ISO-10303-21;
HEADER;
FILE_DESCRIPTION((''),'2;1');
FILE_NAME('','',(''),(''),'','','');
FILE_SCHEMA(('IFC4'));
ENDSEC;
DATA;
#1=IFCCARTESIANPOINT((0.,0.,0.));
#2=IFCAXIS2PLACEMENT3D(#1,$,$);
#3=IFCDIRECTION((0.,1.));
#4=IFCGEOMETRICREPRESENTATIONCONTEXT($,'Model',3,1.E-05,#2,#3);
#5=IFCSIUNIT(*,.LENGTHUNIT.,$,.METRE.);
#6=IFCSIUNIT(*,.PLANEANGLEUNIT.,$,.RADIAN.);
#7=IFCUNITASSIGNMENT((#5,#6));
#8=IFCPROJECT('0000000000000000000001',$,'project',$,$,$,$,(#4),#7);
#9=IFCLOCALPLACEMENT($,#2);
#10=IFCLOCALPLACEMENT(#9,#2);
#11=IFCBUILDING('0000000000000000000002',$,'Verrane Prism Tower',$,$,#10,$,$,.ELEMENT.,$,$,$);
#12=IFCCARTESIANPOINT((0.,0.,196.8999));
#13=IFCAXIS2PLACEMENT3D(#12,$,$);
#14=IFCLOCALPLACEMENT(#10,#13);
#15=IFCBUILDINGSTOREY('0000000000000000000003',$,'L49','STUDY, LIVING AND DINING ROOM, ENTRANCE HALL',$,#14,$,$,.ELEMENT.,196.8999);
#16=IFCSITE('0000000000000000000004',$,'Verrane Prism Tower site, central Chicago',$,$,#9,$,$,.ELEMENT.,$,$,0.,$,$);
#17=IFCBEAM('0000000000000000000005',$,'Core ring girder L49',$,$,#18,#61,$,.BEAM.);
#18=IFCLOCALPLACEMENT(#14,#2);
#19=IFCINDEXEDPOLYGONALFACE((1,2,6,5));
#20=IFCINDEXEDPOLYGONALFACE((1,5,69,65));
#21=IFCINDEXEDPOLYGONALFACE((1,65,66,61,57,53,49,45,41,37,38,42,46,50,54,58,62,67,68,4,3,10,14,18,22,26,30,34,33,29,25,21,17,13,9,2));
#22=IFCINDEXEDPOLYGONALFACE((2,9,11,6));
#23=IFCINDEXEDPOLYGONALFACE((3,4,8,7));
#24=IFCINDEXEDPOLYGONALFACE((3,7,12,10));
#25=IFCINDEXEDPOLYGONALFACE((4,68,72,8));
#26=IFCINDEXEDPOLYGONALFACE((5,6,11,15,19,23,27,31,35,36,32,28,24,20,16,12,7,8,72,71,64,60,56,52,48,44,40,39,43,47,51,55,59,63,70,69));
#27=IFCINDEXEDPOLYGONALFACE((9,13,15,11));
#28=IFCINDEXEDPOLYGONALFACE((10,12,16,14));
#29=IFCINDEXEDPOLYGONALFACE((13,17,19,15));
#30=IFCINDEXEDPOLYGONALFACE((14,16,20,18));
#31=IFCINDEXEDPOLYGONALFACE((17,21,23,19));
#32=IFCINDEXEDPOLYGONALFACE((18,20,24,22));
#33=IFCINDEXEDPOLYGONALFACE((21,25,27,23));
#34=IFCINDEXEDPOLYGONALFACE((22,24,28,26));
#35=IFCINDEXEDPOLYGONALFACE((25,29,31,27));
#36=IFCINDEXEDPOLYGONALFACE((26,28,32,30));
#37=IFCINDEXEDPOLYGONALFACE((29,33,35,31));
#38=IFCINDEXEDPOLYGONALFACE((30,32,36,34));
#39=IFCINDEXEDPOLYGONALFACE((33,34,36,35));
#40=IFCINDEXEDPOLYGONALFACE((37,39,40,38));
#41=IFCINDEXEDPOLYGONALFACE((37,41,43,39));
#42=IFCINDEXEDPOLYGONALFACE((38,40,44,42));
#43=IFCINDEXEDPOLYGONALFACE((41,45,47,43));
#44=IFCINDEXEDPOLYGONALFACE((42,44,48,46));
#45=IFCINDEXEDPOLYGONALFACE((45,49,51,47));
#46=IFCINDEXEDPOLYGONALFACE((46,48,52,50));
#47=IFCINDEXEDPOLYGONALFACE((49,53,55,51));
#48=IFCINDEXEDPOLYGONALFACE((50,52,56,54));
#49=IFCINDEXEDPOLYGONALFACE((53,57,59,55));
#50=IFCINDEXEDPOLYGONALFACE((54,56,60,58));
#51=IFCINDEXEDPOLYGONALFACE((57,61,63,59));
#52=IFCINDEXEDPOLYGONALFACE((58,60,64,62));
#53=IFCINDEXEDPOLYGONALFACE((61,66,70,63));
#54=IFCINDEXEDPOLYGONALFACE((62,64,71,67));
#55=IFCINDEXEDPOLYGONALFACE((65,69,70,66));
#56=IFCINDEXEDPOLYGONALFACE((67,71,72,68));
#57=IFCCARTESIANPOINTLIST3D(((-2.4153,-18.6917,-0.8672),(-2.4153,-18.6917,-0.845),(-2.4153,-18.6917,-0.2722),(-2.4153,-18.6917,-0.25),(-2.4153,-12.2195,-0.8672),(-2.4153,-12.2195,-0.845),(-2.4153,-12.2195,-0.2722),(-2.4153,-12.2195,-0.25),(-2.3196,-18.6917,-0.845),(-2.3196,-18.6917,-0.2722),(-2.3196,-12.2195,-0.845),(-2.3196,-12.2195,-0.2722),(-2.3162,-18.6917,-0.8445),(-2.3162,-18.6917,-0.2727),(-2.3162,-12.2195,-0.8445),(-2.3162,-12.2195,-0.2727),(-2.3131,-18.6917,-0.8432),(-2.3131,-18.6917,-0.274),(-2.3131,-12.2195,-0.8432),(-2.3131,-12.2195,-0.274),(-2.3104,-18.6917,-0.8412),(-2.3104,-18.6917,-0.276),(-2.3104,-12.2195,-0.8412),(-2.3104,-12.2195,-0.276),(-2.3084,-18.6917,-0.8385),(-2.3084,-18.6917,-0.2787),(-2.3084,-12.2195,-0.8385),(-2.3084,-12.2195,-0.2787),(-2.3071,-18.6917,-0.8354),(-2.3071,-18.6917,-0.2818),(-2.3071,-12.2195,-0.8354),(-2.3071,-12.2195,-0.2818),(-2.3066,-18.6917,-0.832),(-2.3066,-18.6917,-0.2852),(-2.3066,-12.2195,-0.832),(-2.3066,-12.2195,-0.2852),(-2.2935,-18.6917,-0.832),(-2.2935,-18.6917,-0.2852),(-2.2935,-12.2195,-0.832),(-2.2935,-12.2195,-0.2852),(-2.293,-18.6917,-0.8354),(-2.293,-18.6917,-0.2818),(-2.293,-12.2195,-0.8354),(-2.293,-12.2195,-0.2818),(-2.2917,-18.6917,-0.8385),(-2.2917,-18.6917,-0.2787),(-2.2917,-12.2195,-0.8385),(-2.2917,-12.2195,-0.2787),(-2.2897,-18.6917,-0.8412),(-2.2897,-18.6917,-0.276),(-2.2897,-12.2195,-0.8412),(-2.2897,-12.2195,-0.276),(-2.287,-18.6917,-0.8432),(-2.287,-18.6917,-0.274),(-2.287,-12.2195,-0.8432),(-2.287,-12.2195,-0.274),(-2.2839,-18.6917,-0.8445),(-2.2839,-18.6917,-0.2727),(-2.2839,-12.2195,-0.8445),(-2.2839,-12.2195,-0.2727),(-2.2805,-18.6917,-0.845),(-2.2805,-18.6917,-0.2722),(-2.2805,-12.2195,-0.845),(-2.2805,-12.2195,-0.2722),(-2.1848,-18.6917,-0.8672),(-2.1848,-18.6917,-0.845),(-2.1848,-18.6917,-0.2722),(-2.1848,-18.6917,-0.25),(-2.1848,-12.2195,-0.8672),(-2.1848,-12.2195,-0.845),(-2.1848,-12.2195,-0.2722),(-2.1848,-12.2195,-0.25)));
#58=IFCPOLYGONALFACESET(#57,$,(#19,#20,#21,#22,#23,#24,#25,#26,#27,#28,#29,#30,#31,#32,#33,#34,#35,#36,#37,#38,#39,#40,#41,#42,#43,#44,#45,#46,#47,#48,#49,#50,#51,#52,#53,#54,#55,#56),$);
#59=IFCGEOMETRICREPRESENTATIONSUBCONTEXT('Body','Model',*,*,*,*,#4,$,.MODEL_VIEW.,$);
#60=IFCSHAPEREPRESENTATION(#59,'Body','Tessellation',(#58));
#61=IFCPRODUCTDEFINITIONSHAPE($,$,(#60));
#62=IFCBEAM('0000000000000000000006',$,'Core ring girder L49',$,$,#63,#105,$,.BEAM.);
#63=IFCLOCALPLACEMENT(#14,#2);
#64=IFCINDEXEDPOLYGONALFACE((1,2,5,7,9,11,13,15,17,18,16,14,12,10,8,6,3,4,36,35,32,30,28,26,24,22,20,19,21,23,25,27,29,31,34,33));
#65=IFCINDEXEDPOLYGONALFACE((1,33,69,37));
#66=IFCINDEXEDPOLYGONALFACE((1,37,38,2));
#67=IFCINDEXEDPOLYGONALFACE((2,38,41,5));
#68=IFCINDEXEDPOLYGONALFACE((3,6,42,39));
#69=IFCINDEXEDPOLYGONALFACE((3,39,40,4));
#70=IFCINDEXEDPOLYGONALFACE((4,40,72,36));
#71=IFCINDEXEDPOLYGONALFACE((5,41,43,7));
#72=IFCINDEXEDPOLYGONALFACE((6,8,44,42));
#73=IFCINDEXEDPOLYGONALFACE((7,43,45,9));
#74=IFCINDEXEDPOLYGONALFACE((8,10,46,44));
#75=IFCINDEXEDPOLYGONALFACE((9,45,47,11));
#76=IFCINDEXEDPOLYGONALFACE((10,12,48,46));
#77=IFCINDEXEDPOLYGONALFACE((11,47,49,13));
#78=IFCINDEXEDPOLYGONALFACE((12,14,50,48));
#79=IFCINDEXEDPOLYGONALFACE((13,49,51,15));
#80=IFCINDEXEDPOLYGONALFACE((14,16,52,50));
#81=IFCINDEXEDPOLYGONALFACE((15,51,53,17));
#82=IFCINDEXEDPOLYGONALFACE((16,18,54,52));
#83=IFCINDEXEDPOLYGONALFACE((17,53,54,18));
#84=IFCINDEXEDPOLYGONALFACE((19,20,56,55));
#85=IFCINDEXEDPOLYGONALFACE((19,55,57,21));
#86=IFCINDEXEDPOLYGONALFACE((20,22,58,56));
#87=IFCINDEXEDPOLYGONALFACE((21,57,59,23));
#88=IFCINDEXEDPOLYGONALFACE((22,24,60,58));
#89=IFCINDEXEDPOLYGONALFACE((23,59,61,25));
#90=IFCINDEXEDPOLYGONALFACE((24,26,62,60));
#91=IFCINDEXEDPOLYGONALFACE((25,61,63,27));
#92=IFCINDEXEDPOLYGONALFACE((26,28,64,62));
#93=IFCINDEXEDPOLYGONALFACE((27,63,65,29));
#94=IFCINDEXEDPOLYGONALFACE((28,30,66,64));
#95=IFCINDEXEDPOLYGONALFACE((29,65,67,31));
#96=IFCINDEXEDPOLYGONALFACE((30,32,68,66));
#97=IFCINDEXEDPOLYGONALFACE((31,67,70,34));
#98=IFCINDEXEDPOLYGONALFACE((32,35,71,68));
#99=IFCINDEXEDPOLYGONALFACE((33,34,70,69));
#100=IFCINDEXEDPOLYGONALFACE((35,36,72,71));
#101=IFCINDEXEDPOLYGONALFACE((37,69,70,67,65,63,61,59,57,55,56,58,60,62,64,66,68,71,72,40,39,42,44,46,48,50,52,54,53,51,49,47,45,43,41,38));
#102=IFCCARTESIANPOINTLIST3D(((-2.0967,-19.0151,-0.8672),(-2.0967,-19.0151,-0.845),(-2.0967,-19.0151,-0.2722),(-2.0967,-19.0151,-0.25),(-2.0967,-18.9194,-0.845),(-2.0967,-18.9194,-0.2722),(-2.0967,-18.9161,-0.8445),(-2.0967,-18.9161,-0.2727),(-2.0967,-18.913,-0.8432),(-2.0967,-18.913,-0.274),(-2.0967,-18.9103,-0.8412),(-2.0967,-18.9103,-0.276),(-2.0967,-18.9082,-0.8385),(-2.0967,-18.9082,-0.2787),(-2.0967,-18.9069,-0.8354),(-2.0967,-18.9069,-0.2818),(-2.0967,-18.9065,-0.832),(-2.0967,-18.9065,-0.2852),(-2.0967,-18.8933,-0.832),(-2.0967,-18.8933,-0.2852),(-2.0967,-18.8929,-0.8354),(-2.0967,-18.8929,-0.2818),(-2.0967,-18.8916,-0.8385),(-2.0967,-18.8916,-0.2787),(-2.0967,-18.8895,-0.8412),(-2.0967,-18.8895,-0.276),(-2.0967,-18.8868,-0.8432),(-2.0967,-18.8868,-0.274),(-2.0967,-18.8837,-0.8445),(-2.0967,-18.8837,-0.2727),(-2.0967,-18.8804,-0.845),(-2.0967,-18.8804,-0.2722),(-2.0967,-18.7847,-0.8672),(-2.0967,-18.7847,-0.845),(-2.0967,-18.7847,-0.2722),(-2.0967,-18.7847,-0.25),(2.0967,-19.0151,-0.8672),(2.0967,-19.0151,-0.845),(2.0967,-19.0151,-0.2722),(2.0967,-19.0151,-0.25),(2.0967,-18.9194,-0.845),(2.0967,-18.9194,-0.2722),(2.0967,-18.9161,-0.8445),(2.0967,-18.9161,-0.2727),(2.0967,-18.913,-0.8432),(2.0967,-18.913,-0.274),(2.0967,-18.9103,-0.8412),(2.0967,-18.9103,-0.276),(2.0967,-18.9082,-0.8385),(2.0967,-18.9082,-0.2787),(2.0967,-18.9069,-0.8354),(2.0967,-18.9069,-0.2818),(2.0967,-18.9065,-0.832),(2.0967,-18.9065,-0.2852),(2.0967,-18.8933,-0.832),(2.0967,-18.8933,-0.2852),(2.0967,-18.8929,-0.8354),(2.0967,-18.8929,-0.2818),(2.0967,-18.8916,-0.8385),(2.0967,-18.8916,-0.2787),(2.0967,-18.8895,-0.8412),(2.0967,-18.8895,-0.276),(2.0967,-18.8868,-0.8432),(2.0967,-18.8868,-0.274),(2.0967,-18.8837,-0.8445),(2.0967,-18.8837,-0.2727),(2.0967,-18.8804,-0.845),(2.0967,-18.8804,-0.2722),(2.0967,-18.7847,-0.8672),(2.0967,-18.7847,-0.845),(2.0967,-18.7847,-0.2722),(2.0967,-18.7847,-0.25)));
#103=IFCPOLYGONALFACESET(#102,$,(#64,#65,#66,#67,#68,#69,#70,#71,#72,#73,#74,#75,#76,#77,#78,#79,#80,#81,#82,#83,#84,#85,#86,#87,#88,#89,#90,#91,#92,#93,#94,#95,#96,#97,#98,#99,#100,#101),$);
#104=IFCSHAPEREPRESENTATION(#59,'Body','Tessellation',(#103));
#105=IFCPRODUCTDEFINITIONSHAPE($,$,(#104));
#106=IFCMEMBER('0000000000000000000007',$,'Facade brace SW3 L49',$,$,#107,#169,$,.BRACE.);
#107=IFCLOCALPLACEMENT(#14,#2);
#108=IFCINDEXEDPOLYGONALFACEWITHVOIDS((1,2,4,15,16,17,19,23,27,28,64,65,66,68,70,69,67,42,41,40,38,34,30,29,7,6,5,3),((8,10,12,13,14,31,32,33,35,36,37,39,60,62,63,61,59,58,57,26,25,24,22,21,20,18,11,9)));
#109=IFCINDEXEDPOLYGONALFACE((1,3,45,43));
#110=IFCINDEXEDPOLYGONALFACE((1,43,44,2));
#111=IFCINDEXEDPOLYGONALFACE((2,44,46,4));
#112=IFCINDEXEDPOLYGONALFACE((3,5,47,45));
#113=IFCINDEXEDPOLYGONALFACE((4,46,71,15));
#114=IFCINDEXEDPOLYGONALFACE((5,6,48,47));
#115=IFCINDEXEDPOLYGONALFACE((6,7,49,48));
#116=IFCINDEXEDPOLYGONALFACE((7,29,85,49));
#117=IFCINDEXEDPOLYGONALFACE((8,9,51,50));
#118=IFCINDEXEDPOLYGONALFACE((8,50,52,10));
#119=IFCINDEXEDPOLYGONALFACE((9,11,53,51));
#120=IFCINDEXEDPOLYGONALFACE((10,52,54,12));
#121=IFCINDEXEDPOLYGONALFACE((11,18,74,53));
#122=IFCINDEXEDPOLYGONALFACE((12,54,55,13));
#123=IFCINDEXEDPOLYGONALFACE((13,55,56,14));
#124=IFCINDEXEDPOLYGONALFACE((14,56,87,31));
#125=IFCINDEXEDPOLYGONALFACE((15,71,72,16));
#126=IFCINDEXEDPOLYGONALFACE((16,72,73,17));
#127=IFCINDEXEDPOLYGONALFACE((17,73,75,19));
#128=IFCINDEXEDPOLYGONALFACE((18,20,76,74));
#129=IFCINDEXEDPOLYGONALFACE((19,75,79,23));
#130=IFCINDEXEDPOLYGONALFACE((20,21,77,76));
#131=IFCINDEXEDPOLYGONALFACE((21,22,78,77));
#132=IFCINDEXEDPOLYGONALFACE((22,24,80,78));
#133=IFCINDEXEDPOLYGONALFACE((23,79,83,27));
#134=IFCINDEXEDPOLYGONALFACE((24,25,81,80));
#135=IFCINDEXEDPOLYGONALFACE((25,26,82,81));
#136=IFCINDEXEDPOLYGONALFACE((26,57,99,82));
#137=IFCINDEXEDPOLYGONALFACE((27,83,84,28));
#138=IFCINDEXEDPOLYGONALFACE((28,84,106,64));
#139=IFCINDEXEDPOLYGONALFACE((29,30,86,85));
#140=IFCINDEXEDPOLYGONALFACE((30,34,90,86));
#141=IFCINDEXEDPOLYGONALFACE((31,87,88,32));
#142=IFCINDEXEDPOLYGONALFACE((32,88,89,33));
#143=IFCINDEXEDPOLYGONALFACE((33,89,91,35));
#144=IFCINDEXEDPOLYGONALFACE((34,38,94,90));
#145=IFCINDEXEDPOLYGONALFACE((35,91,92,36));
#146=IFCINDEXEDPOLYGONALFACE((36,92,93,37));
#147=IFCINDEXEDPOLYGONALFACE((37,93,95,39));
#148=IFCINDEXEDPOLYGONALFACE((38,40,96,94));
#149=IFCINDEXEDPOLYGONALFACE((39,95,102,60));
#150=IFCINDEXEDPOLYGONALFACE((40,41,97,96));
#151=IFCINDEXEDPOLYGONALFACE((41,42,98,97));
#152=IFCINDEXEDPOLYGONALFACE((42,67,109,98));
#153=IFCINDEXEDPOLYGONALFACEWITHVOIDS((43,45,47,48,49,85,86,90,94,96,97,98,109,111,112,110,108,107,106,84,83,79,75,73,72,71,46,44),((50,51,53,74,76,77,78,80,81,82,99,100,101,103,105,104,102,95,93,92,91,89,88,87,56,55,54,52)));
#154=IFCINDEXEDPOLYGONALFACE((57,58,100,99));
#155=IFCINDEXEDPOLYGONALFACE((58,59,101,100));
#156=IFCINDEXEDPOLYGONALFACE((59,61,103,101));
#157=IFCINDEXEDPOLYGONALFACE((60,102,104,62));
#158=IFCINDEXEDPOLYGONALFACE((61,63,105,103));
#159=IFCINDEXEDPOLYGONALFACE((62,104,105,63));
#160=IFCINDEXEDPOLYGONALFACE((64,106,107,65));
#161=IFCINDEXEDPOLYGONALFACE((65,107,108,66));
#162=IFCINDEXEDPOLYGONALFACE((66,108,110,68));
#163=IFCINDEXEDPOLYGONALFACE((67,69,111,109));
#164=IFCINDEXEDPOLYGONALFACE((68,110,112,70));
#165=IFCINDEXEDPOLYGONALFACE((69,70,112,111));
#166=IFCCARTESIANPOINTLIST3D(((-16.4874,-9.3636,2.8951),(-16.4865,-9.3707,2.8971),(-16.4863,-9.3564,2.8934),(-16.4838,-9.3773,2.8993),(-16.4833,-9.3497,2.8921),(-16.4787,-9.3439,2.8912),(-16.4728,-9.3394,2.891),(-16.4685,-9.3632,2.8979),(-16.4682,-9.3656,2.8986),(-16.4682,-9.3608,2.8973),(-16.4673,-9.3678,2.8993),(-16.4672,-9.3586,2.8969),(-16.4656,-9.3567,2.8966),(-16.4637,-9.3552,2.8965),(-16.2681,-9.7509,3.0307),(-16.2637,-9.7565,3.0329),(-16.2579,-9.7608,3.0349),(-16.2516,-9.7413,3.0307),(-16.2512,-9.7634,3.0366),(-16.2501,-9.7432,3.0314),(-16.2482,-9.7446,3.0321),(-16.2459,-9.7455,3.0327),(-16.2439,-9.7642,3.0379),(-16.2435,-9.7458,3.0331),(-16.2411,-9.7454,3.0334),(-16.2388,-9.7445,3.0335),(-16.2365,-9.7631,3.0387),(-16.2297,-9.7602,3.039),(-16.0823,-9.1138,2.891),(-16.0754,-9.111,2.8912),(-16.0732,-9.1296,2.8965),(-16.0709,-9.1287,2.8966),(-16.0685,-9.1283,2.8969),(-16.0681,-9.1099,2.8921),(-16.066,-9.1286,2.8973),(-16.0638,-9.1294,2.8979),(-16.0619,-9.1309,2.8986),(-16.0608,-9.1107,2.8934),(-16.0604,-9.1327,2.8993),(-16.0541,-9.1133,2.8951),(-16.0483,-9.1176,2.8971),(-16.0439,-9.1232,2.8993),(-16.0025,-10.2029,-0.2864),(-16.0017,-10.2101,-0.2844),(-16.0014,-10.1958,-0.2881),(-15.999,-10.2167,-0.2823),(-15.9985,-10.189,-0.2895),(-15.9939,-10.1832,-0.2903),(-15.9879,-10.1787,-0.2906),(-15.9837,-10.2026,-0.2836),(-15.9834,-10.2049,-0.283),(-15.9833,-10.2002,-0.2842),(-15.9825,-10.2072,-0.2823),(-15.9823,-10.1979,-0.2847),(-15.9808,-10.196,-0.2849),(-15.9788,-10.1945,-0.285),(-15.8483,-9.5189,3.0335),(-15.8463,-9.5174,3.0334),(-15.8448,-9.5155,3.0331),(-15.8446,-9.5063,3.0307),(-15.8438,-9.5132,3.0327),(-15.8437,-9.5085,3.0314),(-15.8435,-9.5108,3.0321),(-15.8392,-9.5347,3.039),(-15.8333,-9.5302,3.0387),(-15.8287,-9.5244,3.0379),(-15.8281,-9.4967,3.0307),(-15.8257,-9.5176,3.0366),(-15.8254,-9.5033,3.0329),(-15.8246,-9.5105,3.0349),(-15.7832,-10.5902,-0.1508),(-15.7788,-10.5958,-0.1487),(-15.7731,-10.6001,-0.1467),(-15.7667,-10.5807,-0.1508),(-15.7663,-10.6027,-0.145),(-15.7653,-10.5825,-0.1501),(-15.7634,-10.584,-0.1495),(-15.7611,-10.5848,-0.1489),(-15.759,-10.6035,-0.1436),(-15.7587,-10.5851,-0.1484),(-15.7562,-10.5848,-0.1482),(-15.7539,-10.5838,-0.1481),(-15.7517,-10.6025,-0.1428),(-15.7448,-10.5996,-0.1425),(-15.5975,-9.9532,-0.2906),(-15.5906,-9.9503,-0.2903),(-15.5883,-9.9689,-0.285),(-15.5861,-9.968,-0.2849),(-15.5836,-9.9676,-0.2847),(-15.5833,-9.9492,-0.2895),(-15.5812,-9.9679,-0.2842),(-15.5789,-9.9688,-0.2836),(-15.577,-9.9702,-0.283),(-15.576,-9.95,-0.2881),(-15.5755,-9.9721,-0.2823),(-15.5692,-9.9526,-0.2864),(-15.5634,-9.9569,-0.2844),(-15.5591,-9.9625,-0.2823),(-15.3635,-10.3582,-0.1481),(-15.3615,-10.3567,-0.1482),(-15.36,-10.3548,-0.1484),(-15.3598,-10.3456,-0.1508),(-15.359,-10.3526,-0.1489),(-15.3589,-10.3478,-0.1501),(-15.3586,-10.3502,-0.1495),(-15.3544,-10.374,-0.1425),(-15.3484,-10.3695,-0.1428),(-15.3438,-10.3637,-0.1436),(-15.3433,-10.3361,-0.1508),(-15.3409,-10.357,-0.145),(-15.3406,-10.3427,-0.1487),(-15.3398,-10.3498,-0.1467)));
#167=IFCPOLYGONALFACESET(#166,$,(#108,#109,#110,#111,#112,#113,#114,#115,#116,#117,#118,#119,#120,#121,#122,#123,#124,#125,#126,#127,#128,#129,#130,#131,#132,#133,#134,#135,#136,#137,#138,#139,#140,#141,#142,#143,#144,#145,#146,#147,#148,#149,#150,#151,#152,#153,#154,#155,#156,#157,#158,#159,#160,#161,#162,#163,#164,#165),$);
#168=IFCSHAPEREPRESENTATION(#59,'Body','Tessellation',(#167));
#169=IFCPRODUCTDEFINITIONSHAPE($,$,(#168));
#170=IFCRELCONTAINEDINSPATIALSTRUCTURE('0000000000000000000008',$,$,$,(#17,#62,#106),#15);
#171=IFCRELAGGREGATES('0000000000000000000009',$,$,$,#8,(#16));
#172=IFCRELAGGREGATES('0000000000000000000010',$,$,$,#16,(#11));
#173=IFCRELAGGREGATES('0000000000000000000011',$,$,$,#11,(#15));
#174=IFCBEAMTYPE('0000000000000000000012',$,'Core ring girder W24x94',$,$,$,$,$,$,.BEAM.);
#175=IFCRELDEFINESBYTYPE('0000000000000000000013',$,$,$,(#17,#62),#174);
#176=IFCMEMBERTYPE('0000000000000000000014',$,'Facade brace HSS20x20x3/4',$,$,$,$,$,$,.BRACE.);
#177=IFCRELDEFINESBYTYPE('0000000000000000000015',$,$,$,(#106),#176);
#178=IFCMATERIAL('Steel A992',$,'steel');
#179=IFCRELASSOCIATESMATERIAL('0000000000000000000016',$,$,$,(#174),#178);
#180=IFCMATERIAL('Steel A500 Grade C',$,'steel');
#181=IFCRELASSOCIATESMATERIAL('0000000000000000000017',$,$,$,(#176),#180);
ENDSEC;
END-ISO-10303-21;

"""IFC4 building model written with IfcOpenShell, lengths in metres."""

from ifc_helpers import new_model, si_unit, direction, frame, origin, origin_2d, place, context, subcontext, project, spatial, hollow_rectangle, i_section, extrude, material, material_profile, profile_set, type_object, element, save


model = new_model("IFC4")

# Units and contexts
model_context = context("Model", 3, precision=1e-05, world=origin(), true_north=direction((0.0, 1.0)))
body_context = subcontext(model_context, "Body", "Model", "MODEL_VIEW")
ifc_project = project(units=[si_unit("LENGTHUNIT", "METRE"), si_unit("PLANEANGLEUNIT", "RADIAN")], contexts=[model_context])

# Site, building, storey
site_placement = place(None, origin())
site = spatial("IfcSite", under=ifc_project, at=site_placement, Name="Verrane Prism Tower site, central Chicago", CompositionType="ELEMENT", RefElevation=0.0)
building_placement = place(site_placement, origin())
building = spatial("IfcBuilding", under=site, at=building_placement, Name="Verrane Prism Tower", CompositionType="ELEMENT")
storey_placement = place(building_placement, frame((0.0, 0.0, 196.8999)))
storey = spatial("IfcBuildingStorey", under=building, at=storey_placement, Name="L49", Description="STUDY, LIVING AND DINING ROOM, ENTRANCE HALL", CompositionType="ELEMENT", Elevation=196.8999)

# Beams
ifc_material_1 = material(Name="Steel A992", Category="steel")
ifc_material_profile_1 = material_profile(ifc_material_1, i_section(OverallWidth=0.2305, OverallDepth=0.6172, WebThickness=0.0132, FlangeThickness=0.0222, FilletRadius=0.0129, at=origin_2d()), Name="W24x94")
ifc_profile_set_1 = profile_set([ifc_material_profile_1], Name="Steel A992")
beam_type_1 = type_object("IfcBeamType", Name="Core ring girder W24x94", PredefinedType="BEAM", material=ifc_profile_set_1)
beam_1_placement = place(storey_placement, frame((-2.3, -12.2195, -0.5586), z_axis=(0.0, -1.0, 0.0), x_axis=(1.0, 0.0, 0.0)))
element("IfcBeam", 1, at=beam_1_placement, inside=storey, type_object=beam_type_1, Name="Core ring girder L49", PredefinedType="BEAM", context=body_context, shape_type="SweptSolid", body=[
    extrude(i_section(OverallWidth=0.2305, OverallDepth=0.6172, WebThickness=0.0132, FlangeThickness=0.0222, FilletRadius=0.0129, at=origin_2d()), origin(), (0.0, 0.0, 1.0), 6.4722),
])
beam_2_placement = place(storey_placement, frame((-2.0967, -18.8999, -0.5586), z_axis=(1.0, 0.0, 0.0), x_axis=(0.0, 1.0, 0.0)))
element("IfcBeam", 2, at=beam_2_placement, inside=storey, type_object=beam_type_1, Name="Core ring girder L49", PredefinedType="BEAM", context=body_context, shape_type="SweptSolid", body=[
    extrude(i_section(OverallWidth=0.2305, OverallDepth=0.6172, WebThickness=0.0132, FlangeThickness=0.0222, FilletRadius=0.0129, at=origin_2d()), origin(), (0.0, 0.0, 1.0), 4.1934),
])

# Member
ifc_material_2 = material(Name="Steel A500 Grade C", Category="steel")
ifc_material_profile_2 = material_profile(ifc_material_2, hollow_rectangle(XDim=0.5081, YDim=0.5081, WallThickness=0.019, InnerFilletRadius=0.0095, OuterFilletRadius=0.0286, at=origin_2d()), Name="HSS20x20x3/4")
ifc_profile_set_2 = profile_set([ifc_material_profile_2], Name="Steel A500 Grade C")
member_type_1 = type_object("IfcMemberType", Name="Facade brace HSS20x20x3/4", PredefinedType="BRACE", material=ifc_profile_set_2)
member_1_placement = place(storey_placement, frame((-15.6711, -10.2764, -0.2166), z_axis=(-0.145779, 0.25236, 0.956589), x_axis=(-0.865909, -0.500202, 0.0)))
element("IfcMember", 3, at=member_1_placement, inside=storey, type_object=member_type_1, Name="Facade brace SW3 L49", PredefinedType="BRACE", context=body_context, shape_type="SweptSolid", body=[
    extrude(hollow_rectangle(XDim=0.5081, YDim=0.5081, WallThickness=0.019, InnerFilletRadius=0.0095, OuterFilletRadius=0.0286, at=origin_2d()), origin(), (0.0, 0.0, 1.0), 3.3259),
])

save(model, "model.ifc")
